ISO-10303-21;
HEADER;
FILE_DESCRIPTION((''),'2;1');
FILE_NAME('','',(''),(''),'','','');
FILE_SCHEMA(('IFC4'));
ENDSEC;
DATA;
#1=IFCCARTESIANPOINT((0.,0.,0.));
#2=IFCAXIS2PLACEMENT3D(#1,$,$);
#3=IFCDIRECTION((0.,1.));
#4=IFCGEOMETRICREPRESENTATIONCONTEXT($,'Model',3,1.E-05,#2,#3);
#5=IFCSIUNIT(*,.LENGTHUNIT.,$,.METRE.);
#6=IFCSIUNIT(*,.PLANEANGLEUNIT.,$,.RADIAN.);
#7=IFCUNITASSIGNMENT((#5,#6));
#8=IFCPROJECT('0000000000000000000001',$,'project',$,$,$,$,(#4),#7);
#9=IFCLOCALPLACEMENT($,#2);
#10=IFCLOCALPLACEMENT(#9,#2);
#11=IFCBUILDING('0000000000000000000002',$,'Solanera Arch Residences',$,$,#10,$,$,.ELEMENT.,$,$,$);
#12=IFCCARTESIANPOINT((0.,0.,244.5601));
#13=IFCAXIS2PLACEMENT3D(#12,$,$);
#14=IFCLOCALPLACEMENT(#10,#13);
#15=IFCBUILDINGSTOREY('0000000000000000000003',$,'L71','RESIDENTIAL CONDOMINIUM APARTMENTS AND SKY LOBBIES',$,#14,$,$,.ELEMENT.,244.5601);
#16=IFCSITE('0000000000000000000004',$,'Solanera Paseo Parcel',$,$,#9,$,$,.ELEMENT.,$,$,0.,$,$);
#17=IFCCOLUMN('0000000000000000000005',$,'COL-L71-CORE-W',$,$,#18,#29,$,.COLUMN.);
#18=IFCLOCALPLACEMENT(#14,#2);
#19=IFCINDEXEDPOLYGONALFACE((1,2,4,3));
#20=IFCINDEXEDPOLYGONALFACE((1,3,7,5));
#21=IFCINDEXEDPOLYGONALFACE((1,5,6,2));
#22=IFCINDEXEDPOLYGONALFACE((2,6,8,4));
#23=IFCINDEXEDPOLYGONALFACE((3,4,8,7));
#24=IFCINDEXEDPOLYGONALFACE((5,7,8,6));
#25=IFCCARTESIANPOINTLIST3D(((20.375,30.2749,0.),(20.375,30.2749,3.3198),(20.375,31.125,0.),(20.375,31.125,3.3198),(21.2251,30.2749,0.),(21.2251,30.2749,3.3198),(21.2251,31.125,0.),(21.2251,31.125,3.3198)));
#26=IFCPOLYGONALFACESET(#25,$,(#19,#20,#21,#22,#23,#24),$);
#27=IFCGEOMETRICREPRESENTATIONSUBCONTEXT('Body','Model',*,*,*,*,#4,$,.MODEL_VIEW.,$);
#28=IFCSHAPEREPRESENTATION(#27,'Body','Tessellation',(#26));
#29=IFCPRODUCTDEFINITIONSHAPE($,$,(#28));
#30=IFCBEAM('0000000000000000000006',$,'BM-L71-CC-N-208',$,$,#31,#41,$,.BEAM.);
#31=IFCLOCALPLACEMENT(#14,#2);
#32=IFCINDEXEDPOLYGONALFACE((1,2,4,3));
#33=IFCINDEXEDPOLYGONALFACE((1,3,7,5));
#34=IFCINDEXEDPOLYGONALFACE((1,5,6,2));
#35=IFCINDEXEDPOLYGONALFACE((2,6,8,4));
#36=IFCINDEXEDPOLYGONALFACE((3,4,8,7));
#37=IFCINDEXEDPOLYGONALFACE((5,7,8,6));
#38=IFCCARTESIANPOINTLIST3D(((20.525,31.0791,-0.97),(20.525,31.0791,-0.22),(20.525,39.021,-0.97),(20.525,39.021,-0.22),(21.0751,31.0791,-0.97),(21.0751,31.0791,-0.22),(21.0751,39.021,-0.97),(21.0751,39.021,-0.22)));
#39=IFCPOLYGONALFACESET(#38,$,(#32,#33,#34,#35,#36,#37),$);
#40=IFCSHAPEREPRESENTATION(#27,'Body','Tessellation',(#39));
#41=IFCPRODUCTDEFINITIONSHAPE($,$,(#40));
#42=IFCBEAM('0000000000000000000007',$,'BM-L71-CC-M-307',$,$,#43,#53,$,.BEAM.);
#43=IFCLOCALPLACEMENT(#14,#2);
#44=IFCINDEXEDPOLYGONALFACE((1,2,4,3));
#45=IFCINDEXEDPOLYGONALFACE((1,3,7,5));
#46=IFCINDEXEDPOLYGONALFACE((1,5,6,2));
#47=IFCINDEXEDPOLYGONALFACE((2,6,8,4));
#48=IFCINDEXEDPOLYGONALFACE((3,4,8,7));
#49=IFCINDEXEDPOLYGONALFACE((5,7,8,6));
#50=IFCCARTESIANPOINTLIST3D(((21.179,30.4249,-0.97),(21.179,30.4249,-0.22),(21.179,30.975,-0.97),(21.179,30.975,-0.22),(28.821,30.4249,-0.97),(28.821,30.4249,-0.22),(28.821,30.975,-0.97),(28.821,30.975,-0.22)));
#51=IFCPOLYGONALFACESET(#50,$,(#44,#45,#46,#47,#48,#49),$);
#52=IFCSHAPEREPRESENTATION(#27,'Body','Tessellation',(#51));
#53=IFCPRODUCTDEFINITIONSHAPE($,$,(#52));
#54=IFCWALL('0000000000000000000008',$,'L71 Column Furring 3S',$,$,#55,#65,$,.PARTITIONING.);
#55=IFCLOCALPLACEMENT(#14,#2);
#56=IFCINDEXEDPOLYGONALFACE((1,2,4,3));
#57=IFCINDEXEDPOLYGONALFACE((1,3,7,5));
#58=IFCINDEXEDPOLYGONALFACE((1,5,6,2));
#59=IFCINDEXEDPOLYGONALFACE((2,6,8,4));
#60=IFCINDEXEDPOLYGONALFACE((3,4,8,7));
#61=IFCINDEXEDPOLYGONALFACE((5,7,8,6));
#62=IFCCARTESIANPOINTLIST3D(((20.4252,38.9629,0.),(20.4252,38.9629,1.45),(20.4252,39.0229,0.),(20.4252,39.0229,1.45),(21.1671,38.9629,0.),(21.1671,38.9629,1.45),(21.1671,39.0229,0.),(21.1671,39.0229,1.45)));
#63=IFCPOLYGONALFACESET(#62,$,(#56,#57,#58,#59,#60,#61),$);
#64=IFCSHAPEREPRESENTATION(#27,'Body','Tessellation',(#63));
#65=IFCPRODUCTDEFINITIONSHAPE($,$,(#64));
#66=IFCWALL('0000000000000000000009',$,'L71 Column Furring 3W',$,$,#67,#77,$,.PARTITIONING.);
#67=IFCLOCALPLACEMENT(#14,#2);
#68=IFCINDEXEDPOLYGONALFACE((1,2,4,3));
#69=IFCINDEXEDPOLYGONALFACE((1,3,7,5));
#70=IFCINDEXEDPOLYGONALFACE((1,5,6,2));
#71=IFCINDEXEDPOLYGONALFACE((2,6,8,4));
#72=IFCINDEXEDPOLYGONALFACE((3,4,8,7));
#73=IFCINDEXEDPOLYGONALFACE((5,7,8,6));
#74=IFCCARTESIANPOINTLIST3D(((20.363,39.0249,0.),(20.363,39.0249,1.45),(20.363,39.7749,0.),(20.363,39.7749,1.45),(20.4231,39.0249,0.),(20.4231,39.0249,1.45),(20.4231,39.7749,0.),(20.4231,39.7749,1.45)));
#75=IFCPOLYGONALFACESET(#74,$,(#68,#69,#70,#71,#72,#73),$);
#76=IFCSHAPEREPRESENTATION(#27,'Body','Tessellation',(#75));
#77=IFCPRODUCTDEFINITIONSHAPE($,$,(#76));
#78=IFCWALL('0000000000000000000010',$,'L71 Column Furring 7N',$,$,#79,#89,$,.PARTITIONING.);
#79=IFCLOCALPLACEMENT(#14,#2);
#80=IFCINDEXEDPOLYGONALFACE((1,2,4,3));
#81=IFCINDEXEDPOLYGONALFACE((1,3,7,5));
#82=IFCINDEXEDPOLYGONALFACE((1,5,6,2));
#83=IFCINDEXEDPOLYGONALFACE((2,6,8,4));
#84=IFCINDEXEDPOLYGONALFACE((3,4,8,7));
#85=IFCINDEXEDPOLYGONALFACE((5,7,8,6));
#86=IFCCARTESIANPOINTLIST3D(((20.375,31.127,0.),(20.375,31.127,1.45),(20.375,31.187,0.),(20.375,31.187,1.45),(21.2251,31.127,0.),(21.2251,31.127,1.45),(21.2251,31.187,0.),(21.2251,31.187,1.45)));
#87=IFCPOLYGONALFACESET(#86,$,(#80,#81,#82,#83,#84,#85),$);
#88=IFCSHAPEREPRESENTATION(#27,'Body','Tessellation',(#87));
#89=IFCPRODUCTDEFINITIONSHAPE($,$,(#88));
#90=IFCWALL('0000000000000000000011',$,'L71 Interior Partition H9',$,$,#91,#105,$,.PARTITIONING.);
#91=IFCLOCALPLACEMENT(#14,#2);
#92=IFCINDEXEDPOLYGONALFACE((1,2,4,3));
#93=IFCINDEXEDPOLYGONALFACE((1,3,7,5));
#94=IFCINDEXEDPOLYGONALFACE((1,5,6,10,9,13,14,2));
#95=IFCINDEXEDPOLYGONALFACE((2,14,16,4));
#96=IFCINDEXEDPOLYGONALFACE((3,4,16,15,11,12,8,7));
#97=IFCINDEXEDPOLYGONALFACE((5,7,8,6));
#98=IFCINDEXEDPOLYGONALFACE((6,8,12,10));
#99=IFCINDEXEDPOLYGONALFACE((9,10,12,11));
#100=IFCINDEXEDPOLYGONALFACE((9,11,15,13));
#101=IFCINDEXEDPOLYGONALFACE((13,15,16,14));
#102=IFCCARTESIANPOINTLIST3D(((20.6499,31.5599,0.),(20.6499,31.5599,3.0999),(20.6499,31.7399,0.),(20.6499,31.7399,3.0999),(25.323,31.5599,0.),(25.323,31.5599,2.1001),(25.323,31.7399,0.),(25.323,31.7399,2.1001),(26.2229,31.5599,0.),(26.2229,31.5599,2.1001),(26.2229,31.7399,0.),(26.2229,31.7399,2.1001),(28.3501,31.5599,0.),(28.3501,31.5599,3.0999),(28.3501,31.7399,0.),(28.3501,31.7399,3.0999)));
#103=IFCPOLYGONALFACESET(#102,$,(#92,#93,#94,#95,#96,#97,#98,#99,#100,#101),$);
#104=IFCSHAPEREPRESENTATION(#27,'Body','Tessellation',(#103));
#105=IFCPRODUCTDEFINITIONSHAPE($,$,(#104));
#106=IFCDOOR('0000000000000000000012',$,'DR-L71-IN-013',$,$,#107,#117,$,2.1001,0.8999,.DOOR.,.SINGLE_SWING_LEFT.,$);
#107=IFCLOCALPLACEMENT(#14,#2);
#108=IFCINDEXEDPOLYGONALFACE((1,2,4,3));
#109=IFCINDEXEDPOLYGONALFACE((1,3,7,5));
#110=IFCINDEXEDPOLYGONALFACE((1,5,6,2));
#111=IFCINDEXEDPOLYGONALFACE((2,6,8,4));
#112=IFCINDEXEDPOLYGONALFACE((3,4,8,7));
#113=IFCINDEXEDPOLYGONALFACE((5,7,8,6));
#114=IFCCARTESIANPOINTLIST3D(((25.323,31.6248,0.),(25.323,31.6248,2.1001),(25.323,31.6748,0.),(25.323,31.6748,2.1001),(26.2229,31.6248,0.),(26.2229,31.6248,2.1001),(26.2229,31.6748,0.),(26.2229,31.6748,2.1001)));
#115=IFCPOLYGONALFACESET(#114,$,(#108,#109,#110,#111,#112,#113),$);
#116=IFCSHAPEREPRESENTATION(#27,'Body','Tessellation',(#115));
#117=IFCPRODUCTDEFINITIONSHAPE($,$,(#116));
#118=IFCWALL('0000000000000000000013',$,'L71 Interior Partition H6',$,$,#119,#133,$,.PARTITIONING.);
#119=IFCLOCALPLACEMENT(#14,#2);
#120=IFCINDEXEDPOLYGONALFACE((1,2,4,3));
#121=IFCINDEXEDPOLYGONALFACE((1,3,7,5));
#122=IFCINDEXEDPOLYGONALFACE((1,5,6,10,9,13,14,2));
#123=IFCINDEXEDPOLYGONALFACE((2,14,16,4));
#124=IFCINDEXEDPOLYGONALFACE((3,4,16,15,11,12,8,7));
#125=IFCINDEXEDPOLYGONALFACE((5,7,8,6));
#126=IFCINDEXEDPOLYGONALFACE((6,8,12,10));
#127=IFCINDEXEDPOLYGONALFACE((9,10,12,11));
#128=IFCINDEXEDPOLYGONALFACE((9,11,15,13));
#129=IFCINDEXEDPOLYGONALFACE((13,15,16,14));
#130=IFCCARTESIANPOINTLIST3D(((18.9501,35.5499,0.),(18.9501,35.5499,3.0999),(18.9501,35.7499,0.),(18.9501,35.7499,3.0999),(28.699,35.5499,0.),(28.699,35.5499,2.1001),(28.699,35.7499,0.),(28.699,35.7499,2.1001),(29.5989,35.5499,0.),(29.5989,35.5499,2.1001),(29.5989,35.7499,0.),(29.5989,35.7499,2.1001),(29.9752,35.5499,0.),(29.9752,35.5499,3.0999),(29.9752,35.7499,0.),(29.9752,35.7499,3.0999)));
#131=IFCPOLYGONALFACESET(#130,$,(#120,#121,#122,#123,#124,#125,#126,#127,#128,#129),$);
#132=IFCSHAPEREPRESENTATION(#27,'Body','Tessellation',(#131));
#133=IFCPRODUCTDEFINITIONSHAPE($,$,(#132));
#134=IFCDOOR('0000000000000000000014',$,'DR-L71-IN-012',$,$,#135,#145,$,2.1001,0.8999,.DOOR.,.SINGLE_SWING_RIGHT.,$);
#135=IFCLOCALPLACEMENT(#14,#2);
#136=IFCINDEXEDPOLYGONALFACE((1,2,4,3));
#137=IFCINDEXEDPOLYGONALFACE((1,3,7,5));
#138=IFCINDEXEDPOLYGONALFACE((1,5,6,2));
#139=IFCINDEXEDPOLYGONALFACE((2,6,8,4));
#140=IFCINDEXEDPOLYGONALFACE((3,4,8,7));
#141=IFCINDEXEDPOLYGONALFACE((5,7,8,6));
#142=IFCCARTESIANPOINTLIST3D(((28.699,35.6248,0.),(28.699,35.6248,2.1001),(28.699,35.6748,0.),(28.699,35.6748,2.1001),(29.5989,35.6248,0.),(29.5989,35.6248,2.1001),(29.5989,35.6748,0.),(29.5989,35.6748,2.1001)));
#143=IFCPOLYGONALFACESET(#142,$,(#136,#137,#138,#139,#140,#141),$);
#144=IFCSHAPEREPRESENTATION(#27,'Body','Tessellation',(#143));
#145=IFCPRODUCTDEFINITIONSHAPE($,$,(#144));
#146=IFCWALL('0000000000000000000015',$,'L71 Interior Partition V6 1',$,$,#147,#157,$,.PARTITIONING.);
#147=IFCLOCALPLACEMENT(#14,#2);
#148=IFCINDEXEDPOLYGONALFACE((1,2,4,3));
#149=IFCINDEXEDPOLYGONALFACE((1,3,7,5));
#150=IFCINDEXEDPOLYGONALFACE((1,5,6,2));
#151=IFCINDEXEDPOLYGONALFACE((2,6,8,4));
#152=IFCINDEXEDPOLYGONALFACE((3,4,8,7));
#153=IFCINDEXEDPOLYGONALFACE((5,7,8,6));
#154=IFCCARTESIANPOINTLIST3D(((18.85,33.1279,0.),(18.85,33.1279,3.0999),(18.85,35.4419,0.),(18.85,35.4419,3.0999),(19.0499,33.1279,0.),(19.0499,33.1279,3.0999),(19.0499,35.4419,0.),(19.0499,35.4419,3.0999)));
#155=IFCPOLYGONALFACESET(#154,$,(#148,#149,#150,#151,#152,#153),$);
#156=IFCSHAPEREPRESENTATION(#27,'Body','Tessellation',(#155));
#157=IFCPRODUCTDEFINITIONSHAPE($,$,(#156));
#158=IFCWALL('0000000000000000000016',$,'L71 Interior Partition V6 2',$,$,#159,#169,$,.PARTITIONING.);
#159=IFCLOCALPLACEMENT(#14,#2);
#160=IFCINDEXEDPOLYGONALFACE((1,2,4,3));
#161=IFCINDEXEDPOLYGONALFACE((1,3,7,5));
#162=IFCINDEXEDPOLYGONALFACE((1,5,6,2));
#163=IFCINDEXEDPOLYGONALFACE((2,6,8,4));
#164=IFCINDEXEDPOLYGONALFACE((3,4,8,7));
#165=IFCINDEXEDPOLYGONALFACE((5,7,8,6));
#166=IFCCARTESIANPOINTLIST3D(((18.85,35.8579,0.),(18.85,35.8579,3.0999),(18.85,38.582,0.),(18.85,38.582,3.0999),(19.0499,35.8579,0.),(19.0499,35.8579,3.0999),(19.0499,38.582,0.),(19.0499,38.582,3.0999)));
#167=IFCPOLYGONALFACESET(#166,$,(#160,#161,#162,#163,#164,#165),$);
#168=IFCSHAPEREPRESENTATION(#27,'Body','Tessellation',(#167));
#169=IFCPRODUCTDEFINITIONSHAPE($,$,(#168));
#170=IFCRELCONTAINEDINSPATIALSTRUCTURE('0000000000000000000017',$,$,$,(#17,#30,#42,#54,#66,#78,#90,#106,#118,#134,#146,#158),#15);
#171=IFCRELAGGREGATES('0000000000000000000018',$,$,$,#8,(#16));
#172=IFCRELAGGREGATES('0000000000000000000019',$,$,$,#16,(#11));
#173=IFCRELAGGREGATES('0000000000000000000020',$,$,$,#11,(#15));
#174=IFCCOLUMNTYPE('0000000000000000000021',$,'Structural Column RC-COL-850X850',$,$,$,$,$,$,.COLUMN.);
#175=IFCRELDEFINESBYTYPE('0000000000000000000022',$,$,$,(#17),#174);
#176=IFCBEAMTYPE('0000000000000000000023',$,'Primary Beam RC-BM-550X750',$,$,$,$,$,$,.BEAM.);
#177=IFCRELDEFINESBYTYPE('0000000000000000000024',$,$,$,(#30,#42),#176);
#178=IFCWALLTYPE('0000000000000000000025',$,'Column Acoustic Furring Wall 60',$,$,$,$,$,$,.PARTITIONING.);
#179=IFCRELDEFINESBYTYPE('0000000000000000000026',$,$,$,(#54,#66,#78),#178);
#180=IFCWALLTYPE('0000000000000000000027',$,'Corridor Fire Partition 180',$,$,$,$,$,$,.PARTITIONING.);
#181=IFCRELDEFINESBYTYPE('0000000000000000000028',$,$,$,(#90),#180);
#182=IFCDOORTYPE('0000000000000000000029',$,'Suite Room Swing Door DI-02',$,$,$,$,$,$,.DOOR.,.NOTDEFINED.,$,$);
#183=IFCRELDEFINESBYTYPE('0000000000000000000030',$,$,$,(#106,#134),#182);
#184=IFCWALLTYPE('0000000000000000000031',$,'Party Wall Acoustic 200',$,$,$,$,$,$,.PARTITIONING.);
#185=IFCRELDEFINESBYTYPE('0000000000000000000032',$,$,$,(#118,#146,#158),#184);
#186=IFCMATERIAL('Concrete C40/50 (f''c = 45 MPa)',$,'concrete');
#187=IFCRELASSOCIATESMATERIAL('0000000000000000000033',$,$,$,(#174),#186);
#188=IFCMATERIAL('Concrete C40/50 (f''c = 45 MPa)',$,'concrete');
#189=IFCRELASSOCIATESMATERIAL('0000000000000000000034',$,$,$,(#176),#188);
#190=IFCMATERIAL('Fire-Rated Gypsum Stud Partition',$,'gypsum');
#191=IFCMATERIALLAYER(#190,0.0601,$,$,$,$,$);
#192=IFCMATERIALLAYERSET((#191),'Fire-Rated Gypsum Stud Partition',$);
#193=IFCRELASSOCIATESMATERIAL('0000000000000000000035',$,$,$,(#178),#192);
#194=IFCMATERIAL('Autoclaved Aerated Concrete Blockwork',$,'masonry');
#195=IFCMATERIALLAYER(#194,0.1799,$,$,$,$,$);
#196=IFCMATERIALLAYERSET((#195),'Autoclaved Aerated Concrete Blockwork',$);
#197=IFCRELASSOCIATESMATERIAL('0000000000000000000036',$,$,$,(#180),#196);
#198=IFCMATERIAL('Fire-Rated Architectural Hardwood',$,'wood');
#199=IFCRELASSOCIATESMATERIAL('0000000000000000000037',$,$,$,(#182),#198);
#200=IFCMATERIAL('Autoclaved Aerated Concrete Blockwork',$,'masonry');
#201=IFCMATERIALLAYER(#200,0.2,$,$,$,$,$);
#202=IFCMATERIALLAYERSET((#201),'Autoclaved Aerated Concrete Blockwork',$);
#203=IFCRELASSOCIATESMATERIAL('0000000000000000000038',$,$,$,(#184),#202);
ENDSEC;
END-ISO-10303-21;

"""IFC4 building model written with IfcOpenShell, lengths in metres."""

from ifc_helpers import new_model, si_unit, direction, frame, frame_2d, origin, origin_2d, place, context, subcontext, project, spatial, rectangle, extrude, material, layer, layer_set, material_profile, profile_set, type_object, element, fill, save


model = new_model("IFC4")

# Units and contexts
model_context = context("Model", 3, precision=1e-05, world=origin(), true_north=direction((0.0, 1.0)))
body_context = subcontext(model_context, "Body", "Model", "MODEL_VIEW")
ifc_project = project(units=[si_unit("LENGTHUNIT", "METRE"), si_unit("PLANEANGLEUNIT", "RADIAN")], contexts=[model_context])

# Site, building, storey
site_placement = place(None, origin())
site = spatial("IfcSite", under=ifc_project, at=site_placement, Name="Solanera Paseo Parcel", CompositionType="ELEMENT", RefElevation=0.0)
building_placement = place(site_placement, origin())
building = spatial("IfcBuilding", under=site, at=building_placement, Name="Solanera Arch Residences", CompositionType="ELEMENT")
storey_placement = place(building_placement, frame((0.0, 0.0, 244.5601)))
storey = spatial("IfcBuildingStorey", under=building, at=storey_placement, Name="L71", Description="RESIDENTIAL CONDOMINIUM APARTMENTS AND SKY LOBBIES", CompositionType="ELEMENT", Elevation=244.5601)

# Column
ifc_material_1 = material(Name="Concrete C40/50 (f'c = 45 MPa)", Category="concrete")
ifc_material_profile_1 = material_profile(ifc_material_1, rectangle(XDim=0.8501, YDim=0.8501, at=origin_2d()))
ifc_profile_set_1 = profile_set([ifc_material_profile_1], Name="Concrete C40/50 (f'c = 45 MPa)")
column_type = type_object("IfcColumnType", Name="Structural Column RC-COL-850X850", PredefinedType="COLUMN", material=ifc_profile_set_1)
column_placement = place(storey_placement, frame((20.8, 30.7, 0.0), z_axis=(0.0, 0.0, 1.0), x_axis=(1.0, 0.0, 0.0)))
element("IfcColumn", 1, at=column_placement, inside=storey, type_object=column_type, Name="COL-L71-CORE-W", PredefinedType="COLUMN", context=body_context, shape_type="SweptSolid", body=[
    extrude(rectangle(XDim=0.8501, YDim=0.8501, at=origin_2d()), origin(), (0.0, 0.0, 1.0), 3.3198),
])

# Beams
ifc_material_2 = material(Name="Concrete C40/50 (f'c = 45 MPa)", Category="concrete")
ifc_material_profile_2 = material_profile(ifc_material_2, rectangle(XDim=0.55, YDim=0.75, at=origin_2d()))
ifc_profile_set_2 = profile_set([ifc_material_profile_2], Name="Concrete C40/50 (f'c = 45 MPa)")
beam_type = type_object("IfcBeamType", Name="Primary Beam RC-BM-550X750", PredefinedType="BEAM", material=ifc_profile_set_2)
beam_1_placement = place(storey_placement, frame((20.8, 31.0791, -0.595), z_axis=(0.0, 1.0, 0.0), x_axis=(-1.0, 0.0, 0.0)))
element("IfcBeam", 2, at=beam_1_placement, inside=storey, type_object=beam_type, Name="BM-L71-CC-N-208", PredefinedType="BEAM", context=body_context, shape_type="SweptSolid", body=[
    extrude(rectangle(XDim=0.55, YDim=0.75, at=origin_2d()), origin(), (0.0, 0.0, 1.0), 7.9419),
])
beam_2_placement = place(storey_placement, frame((21.179, 30.7, -0.595), z_axis=(1.0, 0.0, 0.0), x_axis=(0.0, 1.0, 0.0)))
element("IfcBeam", 3, at=beam_2_placement, inside=storey, type_object=beam_type, Name="BM-L71-CC-M-307", PredefinedType="BEAM", context=body_context, shape_type="SweptSolid", body=[
    extrude(rectangle(XDim=0.55, YDim=0.75, at=origin_2d()), origin(), (0.0, 0.0, 1.0), 7.6421),
])

# Walls
ifc_material_3 = material(Name="Fire-Rated Gypsum Stud Partition", Category="gypsum")
ifc_layer_1 = layer(ifc_material_3, 0.0601)
ifc_layer_set_1 = layer_set([ifc_layer_1], Name="Fire-Rated Gypsum Stud Partition")
wall_type_1 = type_object("IfcWallType", Name="Column Acoustic Furring Wall 60", PredefinedType="PARTITIONING", material=ifc_layer_set_1)
wall_1_placement = place(storey_placement, frame((20.425, 38.9929, 0.0), z_axis=(0.0, 0.0, 1.0), x_axis=(1.0, 0.0, 0.0)))
element("IfcWall", 4, at=wall_1_placement, inside=storey, type_object=wall_type_1, Name="L71 Column Furring 3S", PredefinedType="PARTITIONING", context=body_context, shape_type="SweptSolid", body=[
    extrude(rectangle(XDim=0.7419, YDim=0.0601, at=frame_2d((0.3711, 0.0))), origin(), (0.0, 0.0, 1.0), 1.45),
])
wall_2_placement = place(storey_placement, frame((20.3931, 39.0249, 0.0), z_axis=(0.0, 0.0, 1.0), x_axis=(0.0, 1.0, 0.0)))
element("IfcWall", 5, at=wall_2_placement, inside=storey, type_object=wall_type_1, Name="L71 Column Furring 3W", PredefinedType="PARTITIONING", context=body_context, shape_type="SweptSolid", body=[
    extrude(rectangle(XDim=0.75, YDim=0.0601, at=frame_2d((0.375, 0.0))), origin(), (0.0, 0.0, 1.0), 1.45),
])
wall_3_placement = place(storey_placement, frame((20.375, 31.157, 0.0), z_axis=(0.0, 0.0, 1.0), x_axis=(1.0, 0.0, 0.0)))
element("IfcWall", 6, at=wall_3_placement, inside=storey, type_object=wall_type_1, Name="L71 Column Furring 7N", PredefinedType="PARTITIONING", context=body_context, shape_type="SweptSolid", body=[
    extrude(rectangle(XDim=0.8501, YDim=0.0601, at=frame_2d((0.425, 0.0))), origin(), (0.0, 0.0, 1.0), 1.45),
])

# Walls, openings, doors
ifc_material_4 = material(Name="Autoclaved Aerated Concrete Blockwork", Category="masonry")
ifc_layer_2 = layer(ifc_material_4, 0.1799)
ifc_layer_set_2 = layer_set([ifc_layer_2], Name="Autoclaved Aerated Concrete Blockwork")
wall_type_2 = type_object("IfcWallType", Name="Corridor Fire Partition 180", PredefinedType="PARTITIONING", material=ifc_layer_set_2)
wall_4_placement = place(storey_placement, frame((20.6499, 31.6499, 0.0), z_axis=(0.0, 0.0, 1.0), x_axis=(1.0, 0.0, 0.0)))
wall_4 = element("IfcWall", 7, at=wall_4_placement, inside=storey, type_object=wall_type_2, Name="L71 Interior Partition H9", PredefinedType="PARTITIONING", context=body_context, shape_type="SweptSolid", body=[
    extrude(rectangle(XDim=7.7002, YDim=0.1799, at=frame_2d((3.8501, 0.0))), origin(), (0.0, 0.0, 1.0), 3.0999),
])
opening_1_placement = place(wall_4_placement, frame((4.6731, 0.0, 0.0)))
opening_1 = element("IfcOpeningElement", 8, at=opening_1_placement, cuts=wall_4, PredefinedType="OPENING", context=body_context, shape_type="SweptSolid", body=[
    extrude(rectangle(XDim=0.8999, YDim=2.1001, at=frame_2d((0.45, 1.05))), frame((0.0, 0.1001, 0.0), z_axis=(0.0, -1.0, 0.0), x_axis=(1.0, 0.0, 0.0)), (0.0, 0.0, 1.0), 0.1999),
])
ifc_material_5 = material(Name="Fire-Rated Architectural Hardwood", Category="wood")
door_type_1 = type_object("IfcDoorType", Name="Suite Room Swing Door DI-02", OperationType="NOTDEFINED", PredefinedType="DOOR", material=ifc_material_5)
door_1_placement = place(opening_1_placement, origin())
door_1 = element("IfcDoor", 9, at=door_1_placement, inside=storey, type_object=door_type_1, Name="DR-L71-IN-013", OperationType="SINGLE_SWING_LEFT", OverallHeight=2.1001, OverallWidth=0.8999, PredefinedType="DOOR", context=body_context, shape_type="SweptSolid", body=[
    extrude(rectangle(XDim=0.8999, YDim=2.1001, at=frame_2d((0.45, 1.05))), frame((0.0, 0.0249, 0.0), z_axis=(0.0, -1.0, 0.0), x_axis=(1.0, 0.0, 0.0)), (0.0, 0.0, 1.0), 0.05),
])
fill(opening_1, door_1)
ifc_material_6 = material(Name="Autoclaved Aerated Concrete Blockwork", Category="masonry")
ifc_layer_3 = layer(ifc_material_6, 0.2)
ifc_layer_set_3 = layer_set([ifc_layer_3], Name="Autoclaved Aerated Concrete Blockwork")
wall_type_3 = type_object("IfcWallType", Name="Party Wall Acoustic 200", PredefinedType="PARTITIONING", material=ifc_layer_set_3)
wall_5_placement = place(storey_placement, frame((18.95, 35.6499, 0.0), z_axis=(0.0, 0.0, 1.0), x_axis=(1.0, 0.0, 0.0)))
wall_5 = element("IfcWall", 10, at=wall_5_placement, inside=storey, type_object=wall_type_3, Name="L71 Interior Partition H6", PredefinedType="PARTITIONING", context=body_context, shape_type="SweptSolid", body=[
    extrude(rectangle(XDim=11.0251, YDim=0.2, at=frame_2d((5.5127, 0.0))), origin(), (0.0, 0.0, 1.0), 3.0999),
])
opening_2_placement = place(wall_5_placement, frame((9.749, 0.0, 0.0)))
opening_2 = element("IfcOpeningElement", 11, at=opening_2_placement, cuts=wall_5, PredefinedType="OPENING", context=body_context, shape_type="SweptSolid", body=[
    extrude(rectangle(XDim=0.8999, YDim=2.1001, at=frame_2d((0.45, 1.05))), frame((0.0, 0.1101, 0.0), z_axis=(0.0, -1.0, 0.0), x_axis=(1.0, 0.0, 0.0)), (0.0, 0.0, 1.0), 0.22),
])
door_2_placement = place(opening_2_placement, origin())
door_2 = element("IfcDoor", 12, at=door_2_placement, inside=storey, type_object=door_type_1, Name="DR-L71-IN-012", OperationType="SINGLE_SWING_RIGHT", OverallHeight=2.1001, OverallWidth=0.8999, PredefinedType="DOOR", context=body_context, shape_type="SweptSolid", body=[
    extrude(rectangle(XDim=0.8999, YDim=2.1001, at=frame_2d((0.45, 1.05))), frame((0.0, 0.0249, 0.0), z_axis=(0.0, -1.0, 0.0), x_axis=(1.0, 0.0, 0.0)), (0.0, 0.0, 1.0), 0.05),
])
fill(opening_2, door_2)

# Walls
wall_6_placement = place(storey_placement, frame((18.95, 33.1279, 0.0), z_axis=(0.0, 0.0, 1.0), x_axis=(0.0, 1.0, 0.0)))
element("IfcWall", 13, at=wall_6_placement, inside=storey, type_object=wall_type_3, Name="L71 Interior Partition V6 1", PredefinedType="PARTITIONING", context=body_context, shape_type="SweptSolid", body=[
    extrude(rectangle(XDim=2.314, YDim=0.2, at=frame_2d((1.157, 0.0))), origin(), (0.0, 0.0, 1.0), 3.0999),
])
wall_7_placement = place(storey_placement, frame((18.95, 35.8579, 0.0), z_axis=(0.0, 0.0, 1.0), x_axis=(0.0, 1.0, 0.0)))
element("IfcWall", 14, at=wall_7_placement, inside=storey, type_object=wall_type_3, Name="L71 Interior Partition V6 2", PredefinedType="PARTITIONING", context=body_context, shape_type="SweptSolid", body=[
    extrude(rectangle(XDim=2.7241, YDim=0.2, at=frame_2d((1.3621, 0.0))), origin(), (0.0, 0.0, 1.0), 3.0999),
])

save(model, "model.ifc")
